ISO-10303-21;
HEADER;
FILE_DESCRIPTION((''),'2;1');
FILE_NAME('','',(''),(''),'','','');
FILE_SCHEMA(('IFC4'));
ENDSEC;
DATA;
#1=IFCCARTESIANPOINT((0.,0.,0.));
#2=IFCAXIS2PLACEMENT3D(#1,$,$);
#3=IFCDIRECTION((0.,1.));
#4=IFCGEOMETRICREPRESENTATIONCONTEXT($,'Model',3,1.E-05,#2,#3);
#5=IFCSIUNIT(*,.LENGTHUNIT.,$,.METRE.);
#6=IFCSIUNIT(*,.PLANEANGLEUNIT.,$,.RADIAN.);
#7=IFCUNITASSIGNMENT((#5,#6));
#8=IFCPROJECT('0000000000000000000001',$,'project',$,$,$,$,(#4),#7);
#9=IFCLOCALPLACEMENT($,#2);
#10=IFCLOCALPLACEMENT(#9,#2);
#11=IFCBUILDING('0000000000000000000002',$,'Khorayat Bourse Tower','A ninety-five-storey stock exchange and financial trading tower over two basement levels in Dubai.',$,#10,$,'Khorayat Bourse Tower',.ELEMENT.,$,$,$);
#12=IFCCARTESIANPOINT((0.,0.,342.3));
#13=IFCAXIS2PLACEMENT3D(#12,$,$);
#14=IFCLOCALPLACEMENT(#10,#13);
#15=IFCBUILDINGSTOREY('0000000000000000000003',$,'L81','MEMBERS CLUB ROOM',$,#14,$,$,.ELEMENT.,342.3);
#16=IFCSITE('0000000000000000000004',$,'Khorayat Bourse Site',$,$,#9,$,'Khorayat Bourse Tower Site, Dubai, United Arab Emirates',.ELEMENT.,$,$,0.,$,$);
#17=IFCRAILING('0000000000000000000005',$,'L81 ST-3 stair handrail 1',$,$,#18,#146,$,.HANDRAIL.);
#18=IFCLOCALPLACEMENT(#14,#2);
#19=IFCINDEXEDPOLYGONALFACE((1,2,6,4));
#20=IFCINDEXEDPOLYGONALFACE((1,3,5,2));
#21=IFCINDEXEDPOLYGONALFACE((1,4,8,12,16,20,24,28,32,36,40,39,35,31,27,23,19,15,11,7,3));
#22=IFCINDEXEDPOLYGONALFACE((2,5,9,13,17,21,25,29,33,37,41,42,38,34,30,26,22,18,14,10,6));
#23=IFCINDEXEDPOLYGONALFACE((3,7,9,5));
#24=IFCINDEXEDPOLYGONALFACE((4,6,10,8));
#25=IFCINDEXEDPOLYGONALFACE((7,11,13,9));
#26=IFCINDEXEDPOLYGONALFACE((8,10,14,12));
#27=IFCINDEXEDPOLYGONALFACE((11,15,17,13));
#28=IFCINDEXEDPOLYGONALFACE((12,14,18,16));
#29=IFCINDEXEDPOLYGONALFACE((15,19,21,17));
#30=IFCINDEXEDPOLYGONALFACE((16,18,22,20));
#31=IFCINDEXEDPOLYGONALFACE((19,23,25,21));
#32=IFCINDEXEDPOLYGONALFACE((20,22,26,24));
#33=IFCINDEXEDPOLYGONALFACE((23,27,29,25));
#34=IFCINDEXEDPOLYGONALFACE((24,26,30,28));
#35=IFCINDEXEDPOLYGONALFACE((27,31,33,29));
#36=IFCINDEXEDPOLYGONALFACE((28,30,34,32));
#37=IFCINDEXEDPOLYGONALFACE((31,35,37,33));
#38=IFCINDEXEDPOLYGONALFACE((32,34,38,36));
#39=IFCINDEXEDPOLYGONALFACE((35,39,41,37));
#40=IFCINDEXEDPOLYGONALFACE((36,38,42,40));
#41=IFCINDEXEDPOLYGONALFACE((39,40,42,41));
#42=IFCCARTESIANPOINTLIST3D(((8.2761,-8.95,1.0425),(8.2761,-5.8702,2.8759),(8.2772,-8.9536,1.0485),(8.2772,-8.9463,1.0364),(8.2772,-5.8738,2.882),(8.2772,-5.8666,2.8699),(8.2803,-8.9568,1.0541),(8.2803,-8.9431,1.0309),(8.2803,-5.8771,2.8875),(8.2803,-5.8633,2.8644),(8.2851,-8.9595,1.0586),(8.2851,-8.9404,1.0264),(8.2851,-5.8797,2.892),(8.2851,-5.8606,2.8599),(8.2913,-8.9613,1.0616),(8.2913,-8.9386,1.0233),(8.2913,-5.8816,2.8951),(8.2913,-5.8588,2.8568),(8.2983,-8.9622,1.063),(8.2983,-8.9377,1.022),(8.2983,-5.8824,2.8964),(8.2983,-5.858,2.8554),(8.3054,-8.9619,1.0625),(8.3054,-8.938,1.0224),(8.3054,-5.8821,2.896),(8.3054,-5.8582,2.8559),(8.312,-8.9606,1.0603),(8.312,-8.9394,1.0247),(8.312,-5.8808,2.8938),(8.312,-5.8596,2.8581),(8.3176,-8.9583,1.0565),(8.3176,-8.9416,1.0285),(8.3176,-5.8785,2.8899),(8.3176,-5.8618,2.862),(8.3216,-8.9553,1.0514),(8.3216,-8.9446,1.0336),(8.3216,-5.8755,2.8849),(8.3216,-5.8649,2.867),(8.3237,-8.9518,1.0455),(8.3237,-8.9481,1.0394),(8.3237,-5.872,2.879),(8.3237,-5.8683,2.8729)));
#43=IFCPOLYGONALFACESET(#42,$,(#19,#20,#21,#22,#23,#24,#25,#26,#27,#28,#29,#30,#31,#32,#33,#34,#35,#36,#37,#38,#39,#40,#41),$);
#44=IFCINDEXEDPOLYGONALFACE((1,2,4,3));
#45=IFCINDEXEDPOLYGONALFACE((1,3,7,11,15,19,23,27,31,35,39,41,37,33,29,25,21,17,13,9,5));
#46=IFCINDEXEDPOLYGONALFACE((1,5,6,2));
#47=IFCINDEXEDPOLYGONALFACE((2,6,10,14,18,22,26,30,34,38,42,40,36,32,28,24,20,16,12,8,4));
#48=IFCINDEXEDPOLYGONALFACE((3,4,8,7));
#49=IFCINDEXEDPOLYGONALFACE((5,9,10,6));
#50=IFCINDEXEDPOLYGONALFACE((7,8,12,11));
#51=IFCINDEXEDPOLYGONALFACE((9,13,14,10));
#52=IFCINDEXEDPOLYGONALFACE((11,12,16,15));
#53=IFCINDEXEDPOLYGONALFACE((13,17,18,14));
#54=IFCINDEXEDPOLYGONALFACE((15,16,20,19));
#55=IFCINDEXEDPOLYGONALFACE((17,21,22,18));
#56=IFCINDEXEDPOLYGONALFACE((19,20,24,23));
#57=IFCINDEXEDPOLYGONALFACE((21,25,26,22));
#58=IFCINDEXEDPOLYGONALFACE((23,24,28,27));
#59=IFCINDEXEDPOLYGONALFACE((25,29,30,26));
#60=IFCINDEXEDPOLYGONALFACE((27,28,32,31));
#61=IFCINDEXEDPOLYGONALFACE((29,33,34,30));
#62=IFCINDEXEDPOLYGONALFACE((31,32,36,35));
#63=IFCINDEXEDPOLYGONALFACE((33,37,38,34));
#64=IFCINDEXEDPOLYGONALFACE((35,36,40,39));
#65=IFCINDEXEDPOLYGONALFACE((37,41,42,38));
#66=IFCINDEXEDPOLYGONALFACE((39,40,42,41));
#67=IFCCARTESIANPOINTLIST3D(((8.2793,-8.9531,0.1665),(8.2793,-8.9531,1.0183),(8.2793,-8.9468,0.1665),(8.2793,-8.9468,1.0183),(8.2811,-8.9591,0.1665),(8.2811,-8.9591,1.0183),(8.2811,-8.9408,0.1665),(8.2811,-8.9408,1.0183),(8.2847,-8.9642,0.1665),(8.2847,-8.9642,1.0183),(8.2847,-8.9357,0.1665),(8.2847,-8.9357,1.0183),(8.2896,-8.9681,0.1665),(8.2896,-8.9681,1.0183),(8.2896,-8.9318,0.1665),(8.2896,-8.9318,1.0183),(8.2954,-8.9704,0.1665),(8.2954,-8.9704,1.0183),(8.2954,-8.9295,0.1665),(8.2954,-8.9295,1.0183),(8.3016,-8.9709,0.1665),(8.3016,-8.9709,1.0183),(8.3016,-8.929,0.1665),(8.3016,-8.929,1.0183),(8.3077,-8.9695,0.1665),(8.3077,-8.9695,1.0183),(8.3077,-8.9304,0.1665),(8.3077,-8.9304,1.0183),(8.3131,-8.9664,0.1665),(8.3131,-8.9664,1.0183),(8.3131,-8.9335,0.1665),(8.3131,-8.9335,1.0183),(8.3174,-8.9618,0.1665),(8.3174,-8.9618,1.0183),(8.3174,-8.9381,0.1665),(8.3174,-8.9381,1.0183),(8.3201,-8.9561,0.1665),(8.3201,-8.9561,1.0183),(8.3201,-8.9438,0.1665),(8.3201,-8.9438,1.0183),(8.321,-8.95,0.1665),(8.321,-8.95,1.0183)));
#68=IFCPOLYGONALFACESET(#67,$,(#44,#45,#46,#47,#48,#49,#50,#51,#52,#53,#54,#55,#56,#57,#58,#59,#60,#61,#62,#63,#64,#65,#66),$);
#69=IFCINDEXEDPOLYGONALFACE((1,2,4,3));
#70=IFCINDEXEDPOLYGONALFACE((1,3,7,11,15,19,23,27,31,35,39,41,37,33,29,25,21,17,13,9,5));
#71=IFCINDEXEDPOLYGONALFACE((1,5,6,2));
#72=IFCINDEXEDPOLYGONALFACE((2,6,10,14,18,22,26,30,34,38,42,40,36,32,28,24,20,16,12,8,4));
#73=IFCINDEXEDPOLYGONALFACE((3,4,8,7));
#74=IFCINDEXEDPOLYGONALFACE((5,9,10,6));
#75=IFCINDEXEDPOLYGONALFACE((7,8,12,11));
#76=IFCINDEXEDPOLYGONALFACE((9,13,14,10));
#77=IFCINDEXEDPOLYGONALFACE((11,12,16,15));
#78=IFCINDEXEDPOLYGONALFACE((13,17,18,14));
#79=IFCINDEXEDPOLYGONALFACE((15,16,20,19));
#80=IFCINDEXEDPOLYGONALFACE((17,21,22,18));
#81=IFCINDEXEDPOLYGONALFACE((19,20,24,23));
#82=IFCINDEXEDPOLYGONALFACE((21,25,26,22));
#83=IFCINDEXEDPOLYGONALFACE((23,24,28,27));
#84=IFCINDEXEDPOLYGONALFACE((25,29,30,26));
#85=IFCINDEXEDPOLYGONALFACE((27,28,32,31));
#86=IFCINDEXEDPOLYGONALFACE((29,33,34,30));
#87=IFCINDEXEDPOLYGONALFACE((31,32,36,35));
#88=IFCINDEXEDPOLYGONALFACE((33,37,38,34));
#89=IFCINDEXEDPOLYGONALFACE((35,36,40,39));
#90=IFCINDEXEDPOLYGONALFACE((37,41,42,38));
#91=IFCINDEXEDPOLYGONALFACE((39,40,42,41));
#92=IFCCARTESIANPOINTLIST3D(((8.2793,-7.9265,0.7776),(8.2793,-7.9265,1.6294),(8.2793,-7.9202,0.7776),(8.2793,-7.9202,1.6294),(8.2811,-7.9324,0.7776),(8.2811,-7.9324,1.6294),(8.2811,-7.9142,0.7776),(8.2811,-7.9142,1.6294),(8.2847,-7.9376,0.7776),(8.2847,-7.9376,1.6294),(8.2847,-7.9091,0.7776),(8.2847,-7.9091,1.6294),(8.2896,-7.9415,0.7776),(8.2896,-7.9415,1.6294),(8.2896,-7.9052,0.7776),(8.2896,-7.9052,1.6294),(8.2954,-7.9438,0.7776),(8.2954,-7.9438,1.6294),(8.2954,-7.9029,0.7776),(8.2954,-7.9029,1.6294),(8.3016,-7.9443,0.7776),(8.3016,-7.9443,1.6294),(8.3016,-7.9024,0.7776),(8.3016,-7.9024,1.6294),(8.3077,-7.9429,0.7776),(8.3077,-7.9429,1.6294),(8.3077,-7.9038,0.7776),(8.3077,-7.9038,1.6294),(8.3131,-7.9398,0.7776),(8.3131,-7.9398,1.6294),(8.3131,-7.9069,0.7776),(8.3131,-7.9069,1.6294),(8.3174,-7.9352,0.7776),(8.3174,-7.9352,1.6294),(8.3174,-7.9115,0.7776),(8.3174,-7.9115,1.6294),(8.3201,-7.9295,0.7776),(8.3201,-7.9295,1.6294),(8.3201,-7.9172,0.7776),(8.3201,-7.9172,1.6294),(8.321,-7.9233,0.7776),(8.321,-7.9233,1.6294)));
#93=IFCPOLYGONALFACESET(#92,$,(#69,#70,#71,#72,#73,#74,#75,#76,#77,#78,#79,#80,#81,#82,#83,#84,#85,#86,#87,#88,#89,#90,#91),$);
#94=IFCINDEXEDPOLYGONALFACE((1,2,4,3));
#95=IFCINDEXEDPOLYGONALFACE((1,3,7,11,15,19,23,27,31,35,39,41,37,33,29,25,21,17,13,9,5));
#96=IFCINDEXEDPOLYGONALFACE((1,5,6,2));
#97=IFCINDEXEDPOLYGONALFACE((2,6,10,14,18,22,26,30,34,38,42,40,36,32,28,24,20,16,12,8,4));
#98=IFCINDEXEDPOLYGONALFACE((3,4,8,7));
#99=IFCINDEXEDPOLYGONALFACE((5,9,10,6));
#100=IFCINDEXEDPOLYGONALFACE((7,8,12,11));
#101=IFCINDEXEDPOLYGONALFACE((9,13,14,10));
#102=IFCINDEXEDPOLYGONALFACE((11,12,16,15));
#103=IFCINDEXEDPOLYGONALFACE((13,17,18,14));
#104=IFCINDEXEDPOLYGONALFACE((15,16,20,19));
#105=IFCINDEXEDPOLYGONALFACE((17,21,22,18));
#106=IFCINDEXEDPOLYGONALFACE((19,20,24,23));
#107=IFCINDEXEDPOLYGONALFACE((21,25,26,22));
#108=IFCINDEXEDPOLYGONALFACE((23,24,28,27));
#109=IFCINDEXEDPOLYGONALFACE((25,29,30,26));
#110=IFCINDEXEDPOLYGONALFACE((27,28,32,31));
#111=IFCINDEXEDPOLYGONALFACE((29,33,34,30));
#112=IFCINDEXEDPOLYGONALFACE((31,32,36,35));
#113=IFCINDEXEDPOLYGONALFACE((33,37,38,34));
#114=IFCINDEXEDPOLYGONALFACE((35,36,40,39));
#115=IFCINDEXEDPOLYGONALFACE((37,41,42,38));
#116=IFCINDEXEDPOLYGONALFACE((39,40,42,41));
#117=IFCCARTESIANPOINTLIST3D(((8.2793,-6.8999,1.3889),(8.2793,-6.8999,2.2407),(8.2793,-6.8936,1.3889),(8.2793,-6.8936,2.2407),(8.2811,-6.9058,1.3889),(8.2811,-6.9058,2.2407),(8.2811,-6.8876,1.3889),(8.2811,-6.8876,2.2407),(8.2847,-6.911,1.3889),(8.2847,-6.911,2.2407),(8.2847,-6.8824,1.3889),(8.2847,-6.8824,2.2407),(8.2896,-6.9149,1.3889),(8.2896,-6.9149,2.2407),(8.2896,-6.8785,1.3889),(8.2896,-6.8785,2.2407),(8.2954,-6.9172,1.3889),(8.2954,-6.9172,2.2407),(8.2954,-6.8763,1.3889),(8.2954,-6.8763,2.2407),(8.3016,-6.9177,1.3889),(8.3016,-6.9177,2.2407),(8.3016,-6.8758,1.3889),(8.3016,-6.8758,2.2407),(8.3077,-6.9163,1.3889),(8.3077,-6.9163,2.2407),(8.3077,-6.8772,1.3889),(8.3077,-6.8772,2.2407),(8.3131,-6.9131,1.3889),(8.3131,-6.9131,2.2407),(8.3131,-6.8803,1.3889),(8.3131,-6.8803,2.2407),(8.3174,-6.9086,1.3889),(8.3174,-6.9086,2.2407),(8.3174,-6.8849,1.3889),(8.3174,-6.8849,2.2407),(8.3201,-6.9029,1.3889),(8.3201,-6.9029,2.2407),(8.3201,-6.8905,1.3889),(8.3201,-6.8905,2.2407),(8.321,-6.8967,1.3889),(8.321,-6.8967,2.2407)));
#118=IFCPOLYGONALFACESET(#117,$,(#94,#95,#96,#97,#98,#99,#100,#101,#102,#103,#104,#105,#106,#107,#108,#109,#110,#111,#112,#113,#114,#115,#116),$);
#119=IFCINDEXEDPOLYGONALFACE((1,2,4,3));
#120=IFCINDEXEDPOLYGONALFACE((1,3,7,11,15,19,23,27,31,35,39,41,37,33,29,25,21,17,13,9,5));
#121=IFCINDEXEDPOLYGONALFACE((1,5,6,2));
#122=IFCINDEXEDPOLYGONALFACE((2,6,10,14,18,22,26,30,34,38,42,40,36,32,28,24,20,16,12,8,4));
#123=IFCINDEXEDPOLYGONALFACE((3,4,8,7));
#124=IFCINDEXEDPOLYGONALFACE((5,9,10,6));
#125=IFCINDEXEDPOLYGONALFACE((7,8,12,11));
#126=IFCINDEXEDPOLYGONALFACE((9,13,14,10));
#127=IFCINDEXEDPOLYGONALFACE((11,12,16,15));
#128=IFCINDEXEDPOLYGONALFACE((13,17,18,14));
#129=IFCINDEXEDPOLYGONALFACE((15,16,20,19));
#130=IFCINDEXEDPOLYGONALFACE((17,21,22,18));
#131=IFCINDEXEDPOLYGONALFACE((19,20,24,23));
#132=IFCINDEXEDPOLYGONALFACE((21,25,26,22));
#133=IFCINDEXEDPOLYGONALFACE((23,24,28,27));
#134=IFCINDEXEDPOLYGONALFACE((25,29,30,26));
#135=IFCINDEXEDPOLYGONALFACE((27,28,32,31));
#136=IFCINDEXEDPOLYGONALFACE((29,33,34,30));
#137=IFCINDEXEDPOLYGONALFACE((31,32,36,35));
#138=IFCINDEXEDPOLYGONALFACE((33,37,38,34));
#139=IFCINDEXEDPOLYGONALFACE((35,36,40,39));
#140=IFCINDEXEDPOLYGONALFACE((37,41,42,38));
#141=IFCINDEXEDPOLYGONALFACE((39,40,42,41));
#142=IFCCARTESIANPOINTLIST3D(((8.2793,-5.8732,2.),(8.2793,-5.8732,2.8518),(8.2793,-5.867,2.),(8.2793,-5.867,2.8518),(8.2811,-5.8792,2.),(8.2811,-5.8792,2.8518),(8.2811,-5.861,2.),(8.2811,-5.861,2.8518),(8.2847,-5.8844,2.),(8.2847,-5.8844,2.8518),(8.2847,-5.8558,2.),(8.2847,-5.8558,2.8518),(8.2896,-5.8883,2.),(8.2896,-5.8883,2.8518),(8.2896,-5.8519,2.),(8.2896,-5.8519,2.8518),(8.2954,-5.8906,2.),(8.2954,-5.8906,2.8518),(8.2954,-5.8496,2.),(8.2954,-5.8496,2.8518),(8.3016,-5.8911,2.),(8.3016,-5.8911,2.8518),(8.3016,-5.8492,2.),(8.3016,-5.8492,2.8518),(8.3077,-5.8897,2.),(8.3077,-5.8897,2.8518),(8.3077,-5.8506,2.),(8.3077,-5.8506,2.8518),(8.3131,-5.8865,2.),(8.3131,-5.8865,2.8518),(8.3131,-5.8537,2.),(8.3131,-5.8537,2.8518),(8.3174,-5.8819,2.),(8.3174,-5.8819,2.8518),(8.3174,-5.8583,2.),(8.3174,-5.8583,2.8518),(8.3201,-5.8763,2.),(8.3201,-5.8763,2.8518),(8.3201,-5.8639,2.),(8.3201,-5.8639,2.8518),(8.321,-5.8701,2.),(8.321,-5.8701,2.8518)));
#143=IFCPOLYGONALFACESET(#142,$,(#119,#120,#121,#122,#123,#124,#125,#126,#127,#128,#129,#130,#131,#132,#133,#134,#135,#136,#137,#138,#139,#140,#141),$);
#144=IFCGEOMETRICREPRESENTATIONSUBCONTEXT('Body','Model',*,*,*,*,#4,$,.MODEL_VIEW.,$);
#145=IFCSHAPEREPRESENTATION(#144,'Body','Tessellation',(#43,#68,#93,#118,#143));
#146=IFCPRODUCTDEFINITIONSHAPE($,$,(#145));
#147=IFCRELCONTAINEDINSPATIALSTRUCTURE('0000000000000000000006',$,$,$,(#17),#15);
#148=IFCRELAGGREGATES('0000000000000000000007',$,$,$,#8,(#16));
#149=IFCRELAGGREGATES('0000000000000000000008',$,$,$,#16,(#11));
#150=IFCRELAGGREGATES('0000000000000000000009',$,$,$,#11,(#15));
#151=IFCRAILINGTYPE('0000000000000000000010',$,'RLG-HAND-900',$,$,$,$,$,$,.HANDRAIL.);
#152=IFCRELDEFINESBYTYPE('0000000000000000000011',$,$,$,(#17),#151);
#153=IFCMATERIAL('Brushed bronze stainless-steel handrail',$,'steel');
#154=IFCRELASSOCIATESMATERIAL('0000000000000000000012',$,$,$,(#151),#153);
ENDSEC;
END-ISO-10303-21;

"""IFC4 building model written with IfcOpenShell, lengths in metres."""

from ifc_helpers import new_model, si_unit, direction, frame, origin, origin_2d, place, context, subcontext, project, spatial, circle, extrude, source, transform, mapped, material, type_object, element, save


model = new_model("IFC4")

# Units and contexts
model_context = context("Model", 3, precision=1e-05, world=origin(), true_north=direction((0.0, 1.0)))
body_context = subcontext(model_context, "Body", "Model", "MODEL_VIEW")
ifc_project = project(units=[si_unit("LENGTHUNIT", "METRE"), si_unit("PLANEANGLEUNIT", "RADIAN")], contexts=[model_context])

# Site, building, storey
site_placement = place(None, origin())
site = spatial("IfcSite", under=ifc_project, at=site_placement, Name="Khorayat Bourse Site", LongName="Khorayat Bourse Tower Site, Dubai, United Arab Emirates", CompositionType="ELEMENT", RefElevation=0.0)
building_placement = place(site_placement, origin())
building = spatial("IfcBuilding", under=site, at=building_placement, Name="Khorayat Bourse Tower", Description="A ninety-five-storey stock exchange and financial trading tower over two basement levels in Dubai.", LongName="Khorayat Bourse Tower", CompositionType="ELEMENT")
storey_placement = place(building_placement, frame((0.0, 0.0, 342.3)))
storey = spatial("IfcBuildingStorey", under=building, at=storey_placement, Name="L81", Description="MEMBERS CLUB ROOM", CompositionType="ELEMENT", Elevation=342.3)

# Railing
ifc_material_1 = material(Name="Brushed bronze stainless-steel handrail", Category="steel")
railing_type_1 = type_object("IfcRailingType", Name="RLG-HAND-900", PredefinedType="HANDRAIL", material=ifc_material_1)
shared_shape_1 = source(origin(), body_context, "Body", "SweptSolid", [
    extrude(circle(Radius=0.0239, at=origin_2d()), frame((0.0, 0.0, 0.876), z_axis=(0.0, 0.859261, 0.511538), x_axis=(-1.0, 0.0, 0.0)), (0.0, 0.0, 1.0), 3.5842),
    extrude(circle(Radius=0.021, at=origin_2d()), origin(), (0.0, 0.0, 1.0), 0.8518),
    extrude(circle(Radius=0.021, at=origin_2d()), frame((0.0, 1.0266, 0.6111)), (0.0, 0.0, 1.0), 0.8518),
    extrude(circle(Radius=0.021, at=origin_2d()), frame((0.0, 2.0532, 1.2224)), (0.0, 0.0, 1.0), 0.8518),
    extrude(circle(Radius=0.021, at=origin_2d()), frame((0.0, 3.0798, 1.8335)), (0.0, 0.0, 1.0), 0.8518),
])
railing_1_placement = place(storey_placement, frame((8.3, -8.95, 0.1665)))
element("IfcRailing", 1, at=railing_1_placement, inside=storey, type_object=railing_type_1, Name="L81 ST-3 stair handrail 1", PredefinedType="HANDRAIL", context=body_context, shape_type="MappedRepresentation", body=[
    mapped(shared_shape_1, transform((0.0, 0.0, 0.0), scale=1.0)),
])

save(model, "model.ifc")
